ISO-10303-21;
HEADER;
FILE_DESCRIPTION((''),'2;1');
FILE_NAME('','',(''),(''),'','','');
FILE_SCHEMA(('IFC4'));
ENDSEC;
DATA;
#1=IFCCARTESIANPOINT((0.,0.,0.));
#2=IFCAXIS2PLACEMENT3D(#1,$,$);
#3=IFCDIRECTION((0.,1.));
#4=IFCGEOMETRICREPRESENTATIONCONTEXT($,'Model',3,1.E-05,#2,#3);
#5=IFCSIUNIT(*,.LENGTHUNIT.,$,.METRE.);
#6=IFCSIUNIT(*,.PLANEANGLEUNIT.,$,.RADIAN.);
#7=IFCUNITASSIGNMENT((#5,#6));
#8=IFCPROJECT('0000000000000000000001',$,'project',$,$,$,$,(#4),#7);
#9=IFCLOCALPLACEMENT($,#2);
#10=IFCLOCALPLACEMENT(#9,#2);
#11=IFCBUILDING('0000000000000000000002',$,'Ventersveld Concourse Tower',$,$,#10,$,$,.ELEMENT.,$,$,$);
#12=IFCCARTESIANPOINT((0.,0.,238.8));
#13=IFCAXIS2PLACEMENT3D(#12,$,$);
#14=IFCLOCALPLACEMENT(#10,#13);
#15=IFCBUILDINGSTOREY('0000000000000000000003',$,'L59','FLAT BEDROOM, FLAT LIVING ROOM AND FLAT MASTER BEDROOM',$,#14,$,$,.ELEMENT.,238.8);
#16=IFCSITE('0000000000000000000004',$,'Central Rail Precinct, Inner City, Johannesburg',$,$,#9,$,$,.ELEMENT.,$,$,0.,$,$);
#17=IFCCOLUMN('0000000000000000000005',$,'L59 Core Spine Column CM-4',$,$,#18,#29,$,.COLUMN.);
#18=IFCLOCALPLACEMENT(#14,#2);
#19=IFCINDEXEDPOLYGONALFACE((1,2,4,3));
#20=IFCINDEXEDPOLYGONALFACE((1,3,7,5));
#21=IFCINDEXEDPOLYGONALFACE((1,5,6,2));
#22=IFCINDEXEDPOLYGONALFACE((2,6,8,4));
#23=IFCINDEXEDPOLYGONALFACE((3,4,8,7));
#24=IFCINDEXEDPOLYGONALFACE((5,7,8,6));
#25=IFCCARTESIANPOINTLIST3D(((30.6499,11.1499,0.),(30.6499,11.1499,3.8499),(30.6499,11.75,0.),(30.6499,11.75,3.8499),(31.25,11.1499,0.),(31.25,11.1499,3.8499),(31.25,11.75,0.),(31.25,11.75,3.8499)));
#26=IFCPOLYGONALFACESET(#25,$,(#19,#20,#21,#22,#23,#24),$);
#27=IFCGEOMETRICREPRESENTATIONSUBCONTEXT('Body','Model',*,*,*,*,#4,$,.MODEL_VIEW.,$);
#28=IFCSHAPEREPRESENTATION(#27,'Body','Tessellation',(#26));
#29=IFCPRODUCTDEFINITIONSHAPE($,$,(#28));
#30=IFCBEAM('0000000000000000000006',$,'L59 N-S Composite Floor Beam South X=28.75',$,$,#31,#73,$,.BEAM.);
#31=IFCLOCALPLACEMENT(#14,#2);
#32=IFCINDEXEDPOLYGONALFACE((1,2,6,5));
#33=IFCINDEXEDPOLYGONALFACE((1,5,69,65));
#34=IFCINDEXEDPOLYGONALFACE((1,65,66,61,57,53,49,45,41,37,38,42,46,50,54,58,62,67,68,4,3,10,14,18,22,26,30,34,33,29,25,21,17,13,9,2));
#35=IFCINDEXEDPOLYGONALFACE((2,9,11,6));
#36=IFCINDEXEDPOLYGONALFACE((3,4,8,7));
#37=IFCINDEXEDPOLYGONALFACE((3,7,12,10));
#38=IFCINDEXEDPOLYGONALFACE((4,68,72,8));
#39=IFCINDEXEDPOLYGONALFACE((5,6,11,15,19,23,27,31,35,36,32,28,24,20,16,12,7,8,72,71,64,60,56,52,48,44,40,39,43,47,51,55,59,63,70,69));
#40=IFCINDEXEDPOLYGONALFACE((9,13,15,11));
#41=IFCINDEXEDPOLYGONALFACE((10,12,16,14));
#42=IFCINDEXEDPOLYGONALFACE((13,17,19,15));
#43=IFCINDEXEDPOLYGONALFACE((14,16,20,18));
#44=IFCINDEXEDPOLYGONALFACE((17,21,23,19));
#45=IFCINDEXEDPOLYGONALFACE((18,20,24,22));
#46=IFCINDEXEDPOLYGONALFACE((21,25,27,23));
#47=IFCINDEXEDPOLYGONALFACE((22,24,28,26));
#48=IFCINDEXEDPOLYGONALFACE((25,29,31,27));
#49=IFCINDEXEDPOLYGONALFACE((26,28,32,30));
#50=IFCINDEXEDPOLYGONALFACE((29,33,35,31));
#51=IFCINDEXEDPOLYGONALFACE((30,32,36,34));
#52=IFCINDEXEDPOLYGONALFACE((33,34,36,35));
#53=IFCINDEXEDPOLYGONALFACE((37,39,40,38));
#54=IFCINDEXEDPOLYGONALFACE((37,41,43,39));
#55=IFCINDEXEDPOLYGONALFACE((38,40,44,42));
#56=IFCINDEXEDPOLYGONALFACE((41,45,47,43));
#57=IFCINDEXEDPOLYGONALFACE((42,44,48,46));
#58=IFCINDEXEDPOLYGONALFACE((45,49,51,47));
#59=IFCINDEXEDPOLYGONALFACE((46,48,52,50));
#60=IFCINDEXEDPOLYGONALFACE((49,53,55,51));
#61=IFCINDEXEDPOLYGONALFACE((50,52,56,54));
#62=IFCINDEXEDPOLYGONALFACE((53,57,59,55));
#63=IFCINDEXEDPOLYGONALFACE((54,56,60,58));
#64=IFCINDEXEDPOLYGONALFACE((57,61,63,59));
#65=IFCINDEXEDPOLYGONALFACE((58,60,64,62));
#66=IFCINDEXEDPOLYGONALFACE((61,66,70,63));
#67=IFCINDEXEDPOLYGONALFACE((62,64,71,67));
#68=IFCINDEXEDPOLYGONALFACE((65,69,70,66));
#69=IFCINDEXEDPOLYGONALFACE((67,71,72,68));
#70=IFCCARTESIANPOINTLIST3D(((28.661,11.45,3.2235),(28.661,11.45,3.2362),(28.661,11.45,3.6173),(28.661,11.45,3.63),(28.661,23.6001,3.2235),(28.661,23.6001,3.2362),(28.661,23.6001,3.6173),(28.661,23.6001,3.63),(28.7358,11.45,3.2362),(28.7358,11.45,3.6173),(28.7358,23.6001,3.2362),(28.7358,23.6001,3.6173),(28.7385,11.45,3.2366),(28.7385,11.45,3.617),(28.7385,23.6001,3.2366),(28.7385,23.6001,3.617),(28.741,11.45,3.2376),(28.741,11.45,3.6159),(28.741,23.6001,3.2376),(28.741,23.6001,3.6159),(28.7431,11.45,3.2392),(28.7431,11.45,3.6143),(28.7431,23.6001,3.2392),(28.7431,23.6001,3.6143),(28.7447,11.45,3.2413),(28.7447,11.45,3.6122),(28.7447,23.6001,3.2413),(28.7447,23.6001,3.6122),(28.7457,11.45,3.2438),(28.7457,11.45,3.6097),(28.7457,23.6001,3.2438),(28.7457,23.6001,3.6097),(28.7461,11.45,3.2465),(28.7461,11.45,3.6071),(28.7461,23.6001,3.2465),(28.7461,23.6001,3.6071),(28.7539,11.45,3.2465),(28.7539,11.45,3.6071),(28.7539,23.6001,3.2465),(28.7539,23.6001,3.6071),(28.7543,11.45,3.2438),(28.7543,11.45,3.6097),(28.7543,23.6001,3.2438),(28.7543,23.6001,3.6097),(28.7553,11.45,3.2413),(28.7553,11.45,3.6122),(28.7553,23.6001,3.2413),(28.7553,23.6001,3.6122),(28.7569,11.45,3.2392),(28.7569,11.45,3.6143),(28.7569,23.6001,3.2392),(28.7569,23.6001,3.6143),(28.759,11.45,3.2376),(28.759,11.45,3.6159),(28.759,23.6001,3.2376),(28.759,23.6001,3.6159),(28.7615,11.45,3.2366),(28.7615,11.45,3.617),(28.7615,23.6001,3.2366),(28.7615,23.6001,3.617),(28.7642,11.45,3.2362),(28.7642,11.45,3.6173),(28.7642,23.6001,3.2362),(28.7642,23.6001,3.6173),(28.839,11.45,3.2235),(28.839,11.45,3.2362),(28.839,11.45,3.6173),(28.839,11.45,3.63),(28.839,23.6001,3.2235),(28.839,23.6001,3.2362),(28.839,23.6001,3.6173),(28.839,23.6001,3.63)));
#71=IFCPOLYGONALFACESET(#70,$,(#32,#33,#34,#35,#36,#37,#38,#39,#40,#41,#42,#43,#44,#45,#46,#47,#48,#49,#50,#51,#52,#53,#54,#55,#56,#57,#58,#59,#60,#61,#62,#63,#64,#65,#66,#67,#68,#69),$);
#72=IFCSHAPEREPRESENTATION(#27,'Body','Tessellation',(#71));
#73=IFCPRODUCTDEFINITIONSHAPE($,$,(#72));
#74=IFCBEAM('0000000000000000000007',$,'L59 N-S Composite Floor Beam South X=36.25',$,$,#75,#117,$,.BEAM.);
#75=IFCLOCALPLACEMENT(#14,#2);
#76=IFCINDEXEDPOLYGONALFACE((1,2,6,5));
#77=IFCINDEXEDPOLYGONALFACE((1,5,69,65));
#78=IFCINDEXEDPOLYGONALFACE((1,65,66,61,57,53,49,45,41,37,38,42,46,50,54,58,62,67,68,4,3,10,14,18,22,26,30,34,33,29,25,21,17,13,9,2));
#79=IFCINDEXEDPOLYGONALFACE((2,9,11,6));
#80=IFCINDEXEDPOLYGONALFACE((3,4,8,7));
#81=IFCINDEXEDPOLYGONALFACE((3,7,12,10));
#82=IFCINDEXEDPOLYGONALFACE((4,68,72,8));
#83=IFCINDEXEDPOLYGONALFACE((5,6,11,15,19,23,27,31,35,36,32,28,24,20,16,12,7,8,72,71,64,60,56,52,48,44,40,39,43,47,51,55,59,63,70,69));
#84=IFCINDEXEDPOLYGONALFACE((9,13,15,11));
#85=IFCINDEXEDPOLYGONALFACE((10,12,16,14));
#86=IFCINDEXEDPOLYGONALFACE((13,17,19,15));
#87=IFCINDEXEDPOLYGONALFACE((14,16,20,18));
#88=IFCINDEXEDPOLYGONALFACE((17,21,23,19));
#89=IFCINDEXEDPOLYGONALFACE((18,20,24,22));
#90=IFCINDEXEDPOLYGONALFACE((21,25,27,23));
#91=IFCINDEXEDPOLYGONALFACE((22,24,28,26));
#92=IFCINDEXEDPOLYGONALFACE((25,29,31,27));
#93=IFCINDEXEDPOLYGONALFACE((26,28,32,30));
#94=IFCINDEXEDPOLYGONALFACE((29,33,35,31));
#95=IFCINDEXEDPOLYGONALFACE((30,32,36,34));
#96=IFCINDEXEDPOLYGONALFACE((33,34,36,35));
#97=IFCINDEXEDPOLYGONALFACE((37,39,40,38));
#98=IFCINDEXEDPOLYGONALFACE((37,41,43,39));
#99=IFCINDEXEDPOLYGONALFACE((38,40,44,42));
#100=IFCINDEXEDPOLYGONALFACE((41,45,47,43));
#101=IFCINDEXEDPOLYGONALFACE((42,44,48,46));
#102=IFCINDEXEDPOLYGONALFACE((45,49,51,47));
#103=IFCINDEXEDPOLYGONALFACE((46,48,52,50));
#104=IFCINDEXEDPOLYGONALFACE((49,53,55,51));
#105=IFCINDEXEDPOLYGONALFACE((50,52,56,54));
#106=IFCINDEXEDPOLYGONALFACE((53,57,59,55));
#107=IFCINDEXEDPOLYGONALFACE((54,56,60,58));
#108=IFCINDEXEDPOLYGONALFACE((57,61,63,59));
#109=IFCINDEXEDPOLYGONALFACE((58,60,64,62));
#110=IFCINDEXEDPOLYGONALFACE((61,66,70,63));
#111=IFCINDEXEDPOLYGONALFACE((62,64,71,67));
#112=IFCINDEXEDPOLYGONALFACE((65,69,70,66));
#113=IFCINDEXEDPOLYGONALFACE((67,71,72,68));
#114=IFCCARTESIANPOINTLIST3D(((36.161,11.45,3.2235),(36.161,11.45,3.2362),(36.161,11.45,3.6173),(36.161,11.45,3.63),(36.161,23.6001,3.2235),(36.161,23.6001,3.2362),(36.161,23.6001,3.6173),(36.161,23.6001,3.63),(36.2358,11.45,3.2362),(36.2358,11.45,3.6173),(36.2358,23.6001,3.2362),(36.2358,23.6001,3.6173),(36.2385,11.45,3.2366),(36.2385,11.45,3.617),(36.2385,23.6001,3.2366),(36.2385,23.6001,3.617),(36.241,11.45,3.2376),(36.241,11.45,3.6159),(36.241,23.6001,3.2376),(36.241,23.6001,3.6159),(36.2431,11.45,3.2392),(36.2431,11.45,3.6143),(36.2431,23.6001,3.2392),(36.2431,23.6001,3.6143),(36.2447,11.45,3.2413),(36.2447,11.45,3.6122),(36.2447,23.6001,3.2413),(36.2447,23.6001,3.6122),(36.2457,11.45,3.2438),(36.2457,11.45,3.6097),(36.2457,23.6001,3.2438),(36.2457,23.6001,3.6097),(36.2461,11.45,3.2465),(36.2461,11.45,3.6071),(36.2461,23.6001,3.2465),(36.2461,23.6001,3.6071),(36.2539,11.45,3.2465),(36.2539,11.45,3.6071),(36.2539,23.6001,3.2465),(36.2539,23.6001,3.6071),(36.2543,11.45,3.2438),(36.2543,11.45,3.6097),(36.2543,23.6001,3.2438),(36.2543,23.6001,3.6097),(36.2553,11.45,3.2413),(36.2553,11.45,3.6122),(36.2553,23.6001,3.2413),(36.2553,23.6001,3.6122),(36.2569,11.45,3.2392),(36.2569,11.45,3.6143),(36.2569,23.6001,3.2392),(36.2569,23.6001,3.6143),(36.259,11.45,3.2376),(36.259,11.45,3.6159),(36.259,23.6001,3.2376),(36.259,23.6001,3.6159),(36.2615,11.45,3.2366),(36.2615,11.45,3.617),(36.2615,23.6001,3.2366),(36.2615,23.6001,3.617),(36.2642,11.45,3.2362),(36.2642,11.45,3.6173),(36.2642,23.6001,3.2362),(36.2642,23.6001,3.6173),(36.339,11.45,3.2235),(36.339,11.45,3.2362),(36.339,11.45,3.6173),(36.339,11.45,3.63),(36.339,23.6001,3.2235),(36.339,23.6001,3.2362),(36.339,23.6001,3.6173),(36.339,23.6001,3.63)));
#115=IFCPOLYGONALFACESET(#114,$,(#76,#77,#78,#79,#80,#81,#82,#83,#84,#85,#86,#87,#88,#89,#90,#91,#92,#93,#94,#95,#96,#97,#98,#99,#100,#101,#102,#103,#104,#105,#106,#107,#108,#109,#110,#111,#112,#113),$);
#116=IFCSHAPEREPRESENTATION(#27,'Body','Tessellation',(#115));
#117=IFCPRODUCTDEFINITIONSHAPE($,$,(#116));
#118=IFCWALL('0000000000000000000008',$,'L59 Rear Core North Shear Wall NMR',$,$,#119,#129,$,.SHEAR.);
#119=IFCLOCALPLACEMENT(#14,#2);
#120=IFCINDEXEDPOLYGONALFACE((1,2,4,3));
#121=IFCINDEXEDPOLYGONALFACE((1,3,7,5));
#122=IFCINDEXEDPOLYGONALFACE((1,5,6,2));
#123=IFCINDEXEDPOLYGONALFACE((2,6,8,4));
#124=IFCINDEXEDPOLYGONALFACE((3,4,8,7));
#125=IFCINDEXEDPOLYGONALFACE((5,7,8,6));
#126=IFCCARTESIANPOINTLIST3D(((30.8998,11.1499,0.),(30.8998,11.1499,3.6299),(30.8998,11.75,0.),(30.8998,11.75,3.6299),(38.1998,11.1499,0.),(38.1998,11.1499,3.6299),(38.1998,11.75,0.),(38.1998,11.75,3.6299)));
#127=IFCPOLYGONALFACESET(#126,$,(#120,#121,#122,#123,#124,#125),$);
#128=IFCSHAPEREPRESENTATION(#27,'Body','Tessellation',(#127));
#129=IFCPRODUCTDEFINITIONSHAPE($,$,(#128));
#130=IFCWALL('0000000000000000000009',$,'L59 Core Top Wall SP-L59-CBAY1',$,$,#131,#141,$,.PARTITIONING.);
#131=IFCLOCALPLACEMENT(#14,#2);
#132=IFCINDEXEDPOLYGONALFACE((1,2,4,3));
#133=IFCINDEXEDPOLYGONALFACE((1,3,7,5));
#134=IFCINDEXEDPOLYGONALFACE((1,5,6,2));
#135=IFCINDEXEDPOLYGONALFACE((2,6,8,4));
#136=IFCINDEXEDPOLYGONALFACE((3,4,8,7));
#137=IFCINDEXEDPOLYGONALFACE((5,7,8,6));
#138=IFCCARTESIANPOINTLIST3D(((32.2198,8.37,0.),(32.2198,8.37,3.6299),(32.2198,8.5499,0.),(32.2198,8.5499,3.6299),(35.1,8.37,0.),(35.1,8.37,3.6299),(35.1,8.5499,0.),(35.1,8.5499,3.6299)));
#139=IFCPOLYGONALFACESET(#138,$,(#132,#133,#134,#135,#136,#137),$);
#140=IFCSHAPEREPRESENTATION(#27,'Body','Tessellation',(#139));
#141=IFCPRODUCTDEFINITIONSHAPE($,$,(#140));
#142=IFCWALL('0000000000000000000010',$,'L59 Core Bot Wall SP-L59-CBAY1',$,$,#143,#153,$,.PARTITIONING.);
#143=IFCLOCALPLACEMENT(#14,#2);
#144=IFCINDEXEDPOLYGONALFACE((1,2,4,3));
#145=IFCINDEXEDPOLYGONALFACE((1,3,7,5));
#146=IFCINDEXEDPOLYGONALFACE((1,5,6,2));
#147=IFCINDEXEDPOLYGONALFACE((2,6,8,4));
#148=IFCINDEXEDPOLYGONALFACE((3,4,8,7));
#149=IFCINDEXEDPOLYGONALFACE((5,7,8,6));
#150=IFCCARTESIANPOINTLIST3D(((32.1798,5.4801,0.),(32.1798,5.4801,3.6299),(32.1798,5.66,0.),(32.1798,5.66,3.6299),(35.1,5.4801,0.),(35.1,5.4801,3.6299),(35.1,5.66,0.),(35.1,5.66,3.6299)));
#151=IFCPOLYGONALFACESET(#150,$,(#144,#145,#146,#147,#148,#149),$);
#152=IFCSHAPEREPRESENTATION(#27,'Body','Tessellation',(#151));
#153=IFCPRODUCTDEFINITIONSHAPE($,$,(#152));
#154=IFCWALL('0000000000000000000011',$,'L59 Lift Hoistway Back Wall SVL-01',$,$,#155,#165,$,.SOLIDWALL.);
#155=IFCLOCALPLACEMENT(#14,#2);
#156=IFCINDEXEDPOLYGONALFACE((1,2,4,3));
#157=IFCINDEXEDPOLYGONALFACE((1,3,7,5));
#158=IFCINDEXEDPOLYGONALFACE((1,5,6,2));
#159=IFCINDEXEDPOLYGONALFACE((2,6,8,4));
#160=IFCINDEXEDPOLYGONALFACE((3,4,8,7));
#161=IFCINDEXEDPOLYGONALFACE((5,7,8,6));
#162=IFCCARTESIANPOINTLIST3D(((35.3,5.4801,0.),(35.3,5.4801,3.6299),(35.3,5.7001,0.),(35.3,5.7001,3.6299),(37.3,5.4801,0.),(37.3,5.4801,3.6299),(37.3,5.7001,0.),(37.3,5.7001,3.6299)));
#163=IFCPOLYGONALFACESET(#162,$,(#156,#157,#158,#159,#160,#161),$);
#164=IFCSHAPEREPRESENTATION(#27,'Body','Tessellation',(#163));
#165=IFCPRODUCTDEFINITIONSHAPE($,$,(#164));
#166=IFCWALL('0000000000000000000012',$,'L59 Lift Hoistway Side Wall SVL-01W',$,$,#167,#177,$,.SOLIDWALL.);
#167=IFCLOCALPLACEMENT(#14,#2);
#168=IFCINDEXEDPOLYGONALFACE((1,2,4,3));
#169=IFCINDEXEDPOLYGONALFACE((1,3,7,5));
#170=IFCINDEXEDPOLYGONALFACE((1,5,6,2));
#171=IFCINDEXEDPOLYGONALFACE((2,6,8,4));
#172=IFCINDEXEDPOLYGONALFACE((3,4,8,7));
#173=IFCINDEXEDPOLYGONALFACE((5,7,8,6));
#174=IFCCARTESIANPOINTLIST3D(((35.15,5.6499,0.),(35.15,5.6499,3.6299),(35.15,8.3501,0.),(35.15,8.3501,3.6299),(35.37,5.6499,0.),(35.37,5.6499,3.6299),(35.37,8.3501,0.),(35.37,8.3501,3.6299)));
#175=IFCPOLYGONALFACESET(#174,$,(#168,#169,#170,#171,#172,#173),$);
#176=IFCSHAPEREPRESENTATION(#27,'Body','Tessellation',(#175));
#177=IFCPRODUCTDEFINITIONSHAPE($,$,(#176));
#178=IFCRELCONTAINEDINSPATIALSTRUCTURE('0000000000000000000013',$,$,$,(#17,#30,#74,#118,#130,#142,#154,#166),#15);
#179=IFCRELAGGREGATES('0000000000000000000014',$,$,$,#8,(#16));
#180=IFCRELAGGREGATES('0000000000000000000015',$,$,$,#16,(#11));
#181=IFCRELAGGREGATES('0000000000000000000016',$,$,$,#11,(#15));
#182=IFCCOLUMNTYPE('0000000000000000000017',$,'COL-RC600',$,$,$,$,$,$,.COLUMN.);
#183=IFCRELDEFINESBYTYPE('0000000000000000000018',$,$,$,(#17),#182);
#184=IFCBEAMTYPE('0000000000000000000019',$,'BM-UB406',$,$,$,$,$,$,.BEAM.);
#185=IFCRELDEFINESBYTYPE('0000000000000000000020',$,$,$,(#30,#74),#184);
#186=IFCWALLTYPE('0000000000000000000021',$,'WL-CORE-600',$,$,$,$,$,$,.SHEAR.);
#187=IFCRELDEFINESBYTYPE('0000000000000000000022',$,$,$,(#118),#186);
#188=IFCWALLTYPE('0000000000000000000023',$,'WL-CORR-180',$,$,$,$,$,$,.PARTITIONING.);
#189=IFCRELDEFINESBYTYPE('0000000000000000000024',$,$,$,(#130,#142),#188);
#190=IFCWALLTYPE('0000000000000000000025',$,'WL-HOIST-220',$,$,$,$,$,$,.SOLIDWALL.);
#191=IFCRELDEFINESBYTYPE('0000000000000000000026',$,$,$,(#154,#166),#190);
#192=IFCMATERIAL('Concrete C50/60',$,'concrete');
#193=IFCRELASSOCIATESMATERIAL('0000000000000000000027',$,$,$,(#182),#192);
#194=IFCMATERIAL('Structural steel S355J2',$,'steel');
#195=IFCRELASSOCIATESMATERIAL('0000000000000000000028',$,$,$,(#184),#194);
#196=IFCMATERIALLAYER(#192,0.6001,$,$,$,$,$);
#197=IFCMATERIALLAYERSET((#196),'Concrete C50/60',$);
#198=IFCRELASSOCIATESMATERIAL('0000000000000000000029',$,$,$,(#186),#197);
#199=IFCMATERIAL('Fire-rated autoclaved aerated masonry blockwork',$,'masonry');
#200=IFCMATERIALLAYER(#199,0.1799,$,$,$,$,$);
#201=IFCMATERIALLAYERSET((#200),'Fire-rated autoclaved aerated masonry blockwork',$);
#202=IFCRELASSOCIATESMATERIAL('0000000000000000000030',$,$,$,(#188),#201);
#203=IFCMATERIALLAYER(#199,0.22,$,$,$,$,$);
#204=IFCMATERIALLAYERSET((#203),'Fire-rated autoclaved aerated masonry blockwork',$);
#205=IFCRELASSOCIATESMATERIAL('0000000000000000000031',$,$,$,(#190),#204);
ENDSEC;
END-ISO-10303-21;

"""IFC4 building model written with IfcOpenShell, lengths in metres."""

from ifc_helpers import new_model, si_unit, direction, frame, frame_2d, origin, origin_2d, place, context, subcontext, project, spatial, rectangle, i_section, extrude, material, layer, layer_set, material_profile, profile_set, type_object, element, save


model = new_model("IFC4")

# Units and contexts
model_context = context("Model", 3, precision=1e-05, world=origin(), true_north=direction((0.0, 1.0)))
body_context = subcontext(model_context, "Body", "Model", "MODEL_VIEW")
ifc_project = project(units=[si_unit("LENGTHUNIT", "METRE"), si_unit("PLANEANGLEUNIT", "RADIAN")], contexts=[model_context])

# Site, building, storey
site_placement = place(None, origin())
site = spatial("IfcSite", under=ifc_project, at=site_placement, Name="Central Rail Precinct, Inner City, Johannesburg", CompositionType="ELEMENT", RefElevation=0.0)
building_placement = place(site_placement, origin())
building = spatial("IfcBuilding", under=site, at=building_placement, Name="Ventersveld Concourse Tower", CompositionType="ELEMENT")
storey_placement = place(building_placement, frame((0.0, 0.0, 238.8)))
storey = spatial("IfcBuildingStorey", under=building, at=storey_placement, Name="L59", Description="FLAT BEDROOM, FLAT LIVING ROOM AND FLAT MASTER BEDROOM", CompositionType="ELEMENT", Elevation=238.8)

# Column
ifc_material_1 = material(Name="Concrete C50/60", Category="concrete")
ifc_material_profile_1 = material_profile(ifc_material_1, rectangle(XDim=0.6001, YDim=0.6001, at=origin_2d()), Name="RC 600x600")
ifc_profile_set_1 = profile_set([ifc_material_profile_1], Name="Concrete C50/60")
column_type = type_object("IfcColumnType", Name="COL-RC600", PredefinedType="COLUMN", material=ifc_profile_set_1)
column_placement = place(storey_placement, frame((30.95, 11.45, 0.0), z_axis=(0.0, 0.0, 1.0), x_axis=(1.0, 0.0, 0.0)))
element("IfcColumn", 1, at=column_placement, inside=storey, type_object=column_type, Name="L59 Core Spine Column CM-4", PredefinedType="COLUMN", context=body_context, shape_type="SweptSolid", body=[
    extrude(rectangle(XDim=0.6001, YDim=0.6001, at=origin_2d()), origin(), (0.0, 0.0, 1.0), 3.8499),
])

# Beams
ifc_material_2 = material(Name="Structural steel S355J2", Category="steel")
ifc_material_profile_2 = material_profile(ifc_material_2, i_section(OverallWidth=0.178, OverallDepth=0.4065, WebThickness=0.0078, FlangeThickness=0.0127, FilletRadius=0.0103, at=origin_2d()), Name="UB 406x178x60")
ifc_profile_set_2 = profile_set([ifc_material_profile_2], Name="Structural steel S355J2")
beam_type = type_object("IfcBeamType", Name="BM-UB406", PredefinedType="BEAM", material=ifc_profile_set_2)
for number, where, z_axis, x_axis, name in (
    (2, (28.75, 11.45, 3.4268), (0.0, 1.0, 0.0), (-1.0, 0.0, 0.0), "L59 N-S Composite Floor Beam South X=28.75"),
    (3, (36.25, 11.45, 3.4268), (0.0, 1.0, 0.0), (-1.0, 0.0, 0.0), "L59 N-S Composite Floor Beam South X=36.25"),
):
    element("IfcBeam", number, at=place(storey_placement, frame(where, z_axis=z_axis, x_axis=x_axis)), inside=storey, type_object=beam_type, Name=name, PredefinedType="BEAM", context=body_context, shape_type="SweptSolid", body=[
        extrude(i_section(OverallWidth=0.178, OverallDepth=0.4065, WebThickness=0.0078, FlangeThickness=0.0127, FilletRadius=0.0103, at=origin_2d()), origin(), (0.0, 0.0, 1.0), 12.1501),
    ])

# Wall
ifc_layer_1 = layer(ifc_material_1, 0.6001)
ifc_layer_set_1 = layer_set([ifc_layer_1], Name="Concrete C50/60")
wall_type_1 = type_object("IfcWallType", Name="WL-CORE-600", PredefinedType="SHEAR", material=ifc_layer_set_1)
wall_1_placement = place(storey_placement, frame((30.8999, 11.45, 0.0), z_axis=(0.0, 0.0, 1.0), x_axis=(1.0, 0.0, 0.0)))
element("IfcWall", 4, at=wall_1_placement, inside=storey, type_object=wall_type_1, Name="L59 Rear Core North Shear Wall NMR", PredefinedType="SHEAR", context=body_context, shape_type="SweptSolid", body=[
    extrude(rectangle(XDim=7.3, YDim=0.6001, at=frame_2d((3.6499, 0.0))), origin(), (0.0, 0.0, 1.0), 3.6299),
])

# Shared definitions
ifc_material_3 = material(Name="Fire-rated autoclaved aerated masonry blockwork", Category="masonry")
ifc_layer_2 = layer(ifc_material_3, 0.1799)
ifc_layer_set_2 = layer_set([ifc_layer_2], Name="Fire-rated autoclaved aerated masonry blockwork")
wall_type_2 = type_object("IfcWallType", Name="WL-CORR-180", PredefinedType="PARTITIONING", material=ifc_layer_set_2)

# Walls
wall_2_placement = place(storey_placement, frame((32.22, 8.46, 0.0), z_axis=(0.0, 0.0, 1.0), x_axis=(1.0, 0.0, 0.0)))
element("IfcWall", 5, at=wall_2_placement, inside=storey, type_object=wall_type_2, Name="L59 Core Top Wall SP-L59-CBAY1", PredefinedType="PARTITIONING", context=body_context, shape_type="SweptSolid", body=[
    extrude(rectangle(XDim=2.8801, YDim=0.1799, at=frame_2d((1.4399, 0.0))), origin(), (0.0, 0.0, 1.0), 3.6299),
])
wall_3_placement = place(storey_placement, frame((32.1799, 5.5701, 0.0), z_axis=(0.0, 0.0, 1.0), x_axis=(1.0, 0.0, 0.0)))
element("IfcWall", 6, at=wall_3_placement, inside=storey, type_object=wall_type_2, Name="L59 Core Bot Wall SP-L59-CBAY1", PredefinedType="PARTITIONING", context=body_context, shape_type="SweptSolid", body=[
    extrude(rectangle(XDim=2.9202, YDim=0.1799, at=frame_2d((1.46, 0.0))), origin(), (0.0, 0.0, 1.0), 3.6299),
])
ifc_layer_3 = layer(ifc_material_3, 0.22)
ifc_layer_set_3 = layer_set([ifc_layer_3], Name="Fire-rated autoclaved aerated masonry blockwork")
wall_type_3 = type_object("IfcWallType", Name="WL-HOIST-220", PredefinedType="SOLIDWALL", material=ifc_layer_set_3)
wall_4_placement = place(storey_placement, frame((35.3, 5.5901, 0.0), z_axis=(0.0, 0.0, 1.0), x_axis=(1.0, 0.0, 0.0)))
element("IfcWall", 7, at=wall_4_placement, inside=storey, type_object=wall_type_3, Name="L59 Lift Hoistway Back Wall SVL-01", PredefinedType="SOLIDWALL", context=body_context, shape_type="SweptSolid", body=[
    extrude(rectangle(XDim=2.0, YDim=0.22, at=frame_2d((1.0, 0.0))), origin(), (0.0, 0.0, 1.0), 3.6299),
])
wall_5_placement = place(storey_placement, frame((35.26, 5.6499, 0.0), z_axis=(0.0, 0.0, 1.0), x_axis=(0.0, 1.0, 0.0)))
element("IfcWall", 8, at=wall_5_placement, inside=storey, type_object=wall_type_3, Name="L59 Lift Hoistway Side Wall SVL-01W", PredefinedType="SOLIDWALL", context=body_context, shape_type="SweptSolid", body=[
    extrude(rectangle(XDim=2.7002, YDim=0.22, at=frame_2d((1.3501, 0.0))), origin(), (0.0, 0.0, 1.0), 3.6299),
])

save(model, "model.ifc")
